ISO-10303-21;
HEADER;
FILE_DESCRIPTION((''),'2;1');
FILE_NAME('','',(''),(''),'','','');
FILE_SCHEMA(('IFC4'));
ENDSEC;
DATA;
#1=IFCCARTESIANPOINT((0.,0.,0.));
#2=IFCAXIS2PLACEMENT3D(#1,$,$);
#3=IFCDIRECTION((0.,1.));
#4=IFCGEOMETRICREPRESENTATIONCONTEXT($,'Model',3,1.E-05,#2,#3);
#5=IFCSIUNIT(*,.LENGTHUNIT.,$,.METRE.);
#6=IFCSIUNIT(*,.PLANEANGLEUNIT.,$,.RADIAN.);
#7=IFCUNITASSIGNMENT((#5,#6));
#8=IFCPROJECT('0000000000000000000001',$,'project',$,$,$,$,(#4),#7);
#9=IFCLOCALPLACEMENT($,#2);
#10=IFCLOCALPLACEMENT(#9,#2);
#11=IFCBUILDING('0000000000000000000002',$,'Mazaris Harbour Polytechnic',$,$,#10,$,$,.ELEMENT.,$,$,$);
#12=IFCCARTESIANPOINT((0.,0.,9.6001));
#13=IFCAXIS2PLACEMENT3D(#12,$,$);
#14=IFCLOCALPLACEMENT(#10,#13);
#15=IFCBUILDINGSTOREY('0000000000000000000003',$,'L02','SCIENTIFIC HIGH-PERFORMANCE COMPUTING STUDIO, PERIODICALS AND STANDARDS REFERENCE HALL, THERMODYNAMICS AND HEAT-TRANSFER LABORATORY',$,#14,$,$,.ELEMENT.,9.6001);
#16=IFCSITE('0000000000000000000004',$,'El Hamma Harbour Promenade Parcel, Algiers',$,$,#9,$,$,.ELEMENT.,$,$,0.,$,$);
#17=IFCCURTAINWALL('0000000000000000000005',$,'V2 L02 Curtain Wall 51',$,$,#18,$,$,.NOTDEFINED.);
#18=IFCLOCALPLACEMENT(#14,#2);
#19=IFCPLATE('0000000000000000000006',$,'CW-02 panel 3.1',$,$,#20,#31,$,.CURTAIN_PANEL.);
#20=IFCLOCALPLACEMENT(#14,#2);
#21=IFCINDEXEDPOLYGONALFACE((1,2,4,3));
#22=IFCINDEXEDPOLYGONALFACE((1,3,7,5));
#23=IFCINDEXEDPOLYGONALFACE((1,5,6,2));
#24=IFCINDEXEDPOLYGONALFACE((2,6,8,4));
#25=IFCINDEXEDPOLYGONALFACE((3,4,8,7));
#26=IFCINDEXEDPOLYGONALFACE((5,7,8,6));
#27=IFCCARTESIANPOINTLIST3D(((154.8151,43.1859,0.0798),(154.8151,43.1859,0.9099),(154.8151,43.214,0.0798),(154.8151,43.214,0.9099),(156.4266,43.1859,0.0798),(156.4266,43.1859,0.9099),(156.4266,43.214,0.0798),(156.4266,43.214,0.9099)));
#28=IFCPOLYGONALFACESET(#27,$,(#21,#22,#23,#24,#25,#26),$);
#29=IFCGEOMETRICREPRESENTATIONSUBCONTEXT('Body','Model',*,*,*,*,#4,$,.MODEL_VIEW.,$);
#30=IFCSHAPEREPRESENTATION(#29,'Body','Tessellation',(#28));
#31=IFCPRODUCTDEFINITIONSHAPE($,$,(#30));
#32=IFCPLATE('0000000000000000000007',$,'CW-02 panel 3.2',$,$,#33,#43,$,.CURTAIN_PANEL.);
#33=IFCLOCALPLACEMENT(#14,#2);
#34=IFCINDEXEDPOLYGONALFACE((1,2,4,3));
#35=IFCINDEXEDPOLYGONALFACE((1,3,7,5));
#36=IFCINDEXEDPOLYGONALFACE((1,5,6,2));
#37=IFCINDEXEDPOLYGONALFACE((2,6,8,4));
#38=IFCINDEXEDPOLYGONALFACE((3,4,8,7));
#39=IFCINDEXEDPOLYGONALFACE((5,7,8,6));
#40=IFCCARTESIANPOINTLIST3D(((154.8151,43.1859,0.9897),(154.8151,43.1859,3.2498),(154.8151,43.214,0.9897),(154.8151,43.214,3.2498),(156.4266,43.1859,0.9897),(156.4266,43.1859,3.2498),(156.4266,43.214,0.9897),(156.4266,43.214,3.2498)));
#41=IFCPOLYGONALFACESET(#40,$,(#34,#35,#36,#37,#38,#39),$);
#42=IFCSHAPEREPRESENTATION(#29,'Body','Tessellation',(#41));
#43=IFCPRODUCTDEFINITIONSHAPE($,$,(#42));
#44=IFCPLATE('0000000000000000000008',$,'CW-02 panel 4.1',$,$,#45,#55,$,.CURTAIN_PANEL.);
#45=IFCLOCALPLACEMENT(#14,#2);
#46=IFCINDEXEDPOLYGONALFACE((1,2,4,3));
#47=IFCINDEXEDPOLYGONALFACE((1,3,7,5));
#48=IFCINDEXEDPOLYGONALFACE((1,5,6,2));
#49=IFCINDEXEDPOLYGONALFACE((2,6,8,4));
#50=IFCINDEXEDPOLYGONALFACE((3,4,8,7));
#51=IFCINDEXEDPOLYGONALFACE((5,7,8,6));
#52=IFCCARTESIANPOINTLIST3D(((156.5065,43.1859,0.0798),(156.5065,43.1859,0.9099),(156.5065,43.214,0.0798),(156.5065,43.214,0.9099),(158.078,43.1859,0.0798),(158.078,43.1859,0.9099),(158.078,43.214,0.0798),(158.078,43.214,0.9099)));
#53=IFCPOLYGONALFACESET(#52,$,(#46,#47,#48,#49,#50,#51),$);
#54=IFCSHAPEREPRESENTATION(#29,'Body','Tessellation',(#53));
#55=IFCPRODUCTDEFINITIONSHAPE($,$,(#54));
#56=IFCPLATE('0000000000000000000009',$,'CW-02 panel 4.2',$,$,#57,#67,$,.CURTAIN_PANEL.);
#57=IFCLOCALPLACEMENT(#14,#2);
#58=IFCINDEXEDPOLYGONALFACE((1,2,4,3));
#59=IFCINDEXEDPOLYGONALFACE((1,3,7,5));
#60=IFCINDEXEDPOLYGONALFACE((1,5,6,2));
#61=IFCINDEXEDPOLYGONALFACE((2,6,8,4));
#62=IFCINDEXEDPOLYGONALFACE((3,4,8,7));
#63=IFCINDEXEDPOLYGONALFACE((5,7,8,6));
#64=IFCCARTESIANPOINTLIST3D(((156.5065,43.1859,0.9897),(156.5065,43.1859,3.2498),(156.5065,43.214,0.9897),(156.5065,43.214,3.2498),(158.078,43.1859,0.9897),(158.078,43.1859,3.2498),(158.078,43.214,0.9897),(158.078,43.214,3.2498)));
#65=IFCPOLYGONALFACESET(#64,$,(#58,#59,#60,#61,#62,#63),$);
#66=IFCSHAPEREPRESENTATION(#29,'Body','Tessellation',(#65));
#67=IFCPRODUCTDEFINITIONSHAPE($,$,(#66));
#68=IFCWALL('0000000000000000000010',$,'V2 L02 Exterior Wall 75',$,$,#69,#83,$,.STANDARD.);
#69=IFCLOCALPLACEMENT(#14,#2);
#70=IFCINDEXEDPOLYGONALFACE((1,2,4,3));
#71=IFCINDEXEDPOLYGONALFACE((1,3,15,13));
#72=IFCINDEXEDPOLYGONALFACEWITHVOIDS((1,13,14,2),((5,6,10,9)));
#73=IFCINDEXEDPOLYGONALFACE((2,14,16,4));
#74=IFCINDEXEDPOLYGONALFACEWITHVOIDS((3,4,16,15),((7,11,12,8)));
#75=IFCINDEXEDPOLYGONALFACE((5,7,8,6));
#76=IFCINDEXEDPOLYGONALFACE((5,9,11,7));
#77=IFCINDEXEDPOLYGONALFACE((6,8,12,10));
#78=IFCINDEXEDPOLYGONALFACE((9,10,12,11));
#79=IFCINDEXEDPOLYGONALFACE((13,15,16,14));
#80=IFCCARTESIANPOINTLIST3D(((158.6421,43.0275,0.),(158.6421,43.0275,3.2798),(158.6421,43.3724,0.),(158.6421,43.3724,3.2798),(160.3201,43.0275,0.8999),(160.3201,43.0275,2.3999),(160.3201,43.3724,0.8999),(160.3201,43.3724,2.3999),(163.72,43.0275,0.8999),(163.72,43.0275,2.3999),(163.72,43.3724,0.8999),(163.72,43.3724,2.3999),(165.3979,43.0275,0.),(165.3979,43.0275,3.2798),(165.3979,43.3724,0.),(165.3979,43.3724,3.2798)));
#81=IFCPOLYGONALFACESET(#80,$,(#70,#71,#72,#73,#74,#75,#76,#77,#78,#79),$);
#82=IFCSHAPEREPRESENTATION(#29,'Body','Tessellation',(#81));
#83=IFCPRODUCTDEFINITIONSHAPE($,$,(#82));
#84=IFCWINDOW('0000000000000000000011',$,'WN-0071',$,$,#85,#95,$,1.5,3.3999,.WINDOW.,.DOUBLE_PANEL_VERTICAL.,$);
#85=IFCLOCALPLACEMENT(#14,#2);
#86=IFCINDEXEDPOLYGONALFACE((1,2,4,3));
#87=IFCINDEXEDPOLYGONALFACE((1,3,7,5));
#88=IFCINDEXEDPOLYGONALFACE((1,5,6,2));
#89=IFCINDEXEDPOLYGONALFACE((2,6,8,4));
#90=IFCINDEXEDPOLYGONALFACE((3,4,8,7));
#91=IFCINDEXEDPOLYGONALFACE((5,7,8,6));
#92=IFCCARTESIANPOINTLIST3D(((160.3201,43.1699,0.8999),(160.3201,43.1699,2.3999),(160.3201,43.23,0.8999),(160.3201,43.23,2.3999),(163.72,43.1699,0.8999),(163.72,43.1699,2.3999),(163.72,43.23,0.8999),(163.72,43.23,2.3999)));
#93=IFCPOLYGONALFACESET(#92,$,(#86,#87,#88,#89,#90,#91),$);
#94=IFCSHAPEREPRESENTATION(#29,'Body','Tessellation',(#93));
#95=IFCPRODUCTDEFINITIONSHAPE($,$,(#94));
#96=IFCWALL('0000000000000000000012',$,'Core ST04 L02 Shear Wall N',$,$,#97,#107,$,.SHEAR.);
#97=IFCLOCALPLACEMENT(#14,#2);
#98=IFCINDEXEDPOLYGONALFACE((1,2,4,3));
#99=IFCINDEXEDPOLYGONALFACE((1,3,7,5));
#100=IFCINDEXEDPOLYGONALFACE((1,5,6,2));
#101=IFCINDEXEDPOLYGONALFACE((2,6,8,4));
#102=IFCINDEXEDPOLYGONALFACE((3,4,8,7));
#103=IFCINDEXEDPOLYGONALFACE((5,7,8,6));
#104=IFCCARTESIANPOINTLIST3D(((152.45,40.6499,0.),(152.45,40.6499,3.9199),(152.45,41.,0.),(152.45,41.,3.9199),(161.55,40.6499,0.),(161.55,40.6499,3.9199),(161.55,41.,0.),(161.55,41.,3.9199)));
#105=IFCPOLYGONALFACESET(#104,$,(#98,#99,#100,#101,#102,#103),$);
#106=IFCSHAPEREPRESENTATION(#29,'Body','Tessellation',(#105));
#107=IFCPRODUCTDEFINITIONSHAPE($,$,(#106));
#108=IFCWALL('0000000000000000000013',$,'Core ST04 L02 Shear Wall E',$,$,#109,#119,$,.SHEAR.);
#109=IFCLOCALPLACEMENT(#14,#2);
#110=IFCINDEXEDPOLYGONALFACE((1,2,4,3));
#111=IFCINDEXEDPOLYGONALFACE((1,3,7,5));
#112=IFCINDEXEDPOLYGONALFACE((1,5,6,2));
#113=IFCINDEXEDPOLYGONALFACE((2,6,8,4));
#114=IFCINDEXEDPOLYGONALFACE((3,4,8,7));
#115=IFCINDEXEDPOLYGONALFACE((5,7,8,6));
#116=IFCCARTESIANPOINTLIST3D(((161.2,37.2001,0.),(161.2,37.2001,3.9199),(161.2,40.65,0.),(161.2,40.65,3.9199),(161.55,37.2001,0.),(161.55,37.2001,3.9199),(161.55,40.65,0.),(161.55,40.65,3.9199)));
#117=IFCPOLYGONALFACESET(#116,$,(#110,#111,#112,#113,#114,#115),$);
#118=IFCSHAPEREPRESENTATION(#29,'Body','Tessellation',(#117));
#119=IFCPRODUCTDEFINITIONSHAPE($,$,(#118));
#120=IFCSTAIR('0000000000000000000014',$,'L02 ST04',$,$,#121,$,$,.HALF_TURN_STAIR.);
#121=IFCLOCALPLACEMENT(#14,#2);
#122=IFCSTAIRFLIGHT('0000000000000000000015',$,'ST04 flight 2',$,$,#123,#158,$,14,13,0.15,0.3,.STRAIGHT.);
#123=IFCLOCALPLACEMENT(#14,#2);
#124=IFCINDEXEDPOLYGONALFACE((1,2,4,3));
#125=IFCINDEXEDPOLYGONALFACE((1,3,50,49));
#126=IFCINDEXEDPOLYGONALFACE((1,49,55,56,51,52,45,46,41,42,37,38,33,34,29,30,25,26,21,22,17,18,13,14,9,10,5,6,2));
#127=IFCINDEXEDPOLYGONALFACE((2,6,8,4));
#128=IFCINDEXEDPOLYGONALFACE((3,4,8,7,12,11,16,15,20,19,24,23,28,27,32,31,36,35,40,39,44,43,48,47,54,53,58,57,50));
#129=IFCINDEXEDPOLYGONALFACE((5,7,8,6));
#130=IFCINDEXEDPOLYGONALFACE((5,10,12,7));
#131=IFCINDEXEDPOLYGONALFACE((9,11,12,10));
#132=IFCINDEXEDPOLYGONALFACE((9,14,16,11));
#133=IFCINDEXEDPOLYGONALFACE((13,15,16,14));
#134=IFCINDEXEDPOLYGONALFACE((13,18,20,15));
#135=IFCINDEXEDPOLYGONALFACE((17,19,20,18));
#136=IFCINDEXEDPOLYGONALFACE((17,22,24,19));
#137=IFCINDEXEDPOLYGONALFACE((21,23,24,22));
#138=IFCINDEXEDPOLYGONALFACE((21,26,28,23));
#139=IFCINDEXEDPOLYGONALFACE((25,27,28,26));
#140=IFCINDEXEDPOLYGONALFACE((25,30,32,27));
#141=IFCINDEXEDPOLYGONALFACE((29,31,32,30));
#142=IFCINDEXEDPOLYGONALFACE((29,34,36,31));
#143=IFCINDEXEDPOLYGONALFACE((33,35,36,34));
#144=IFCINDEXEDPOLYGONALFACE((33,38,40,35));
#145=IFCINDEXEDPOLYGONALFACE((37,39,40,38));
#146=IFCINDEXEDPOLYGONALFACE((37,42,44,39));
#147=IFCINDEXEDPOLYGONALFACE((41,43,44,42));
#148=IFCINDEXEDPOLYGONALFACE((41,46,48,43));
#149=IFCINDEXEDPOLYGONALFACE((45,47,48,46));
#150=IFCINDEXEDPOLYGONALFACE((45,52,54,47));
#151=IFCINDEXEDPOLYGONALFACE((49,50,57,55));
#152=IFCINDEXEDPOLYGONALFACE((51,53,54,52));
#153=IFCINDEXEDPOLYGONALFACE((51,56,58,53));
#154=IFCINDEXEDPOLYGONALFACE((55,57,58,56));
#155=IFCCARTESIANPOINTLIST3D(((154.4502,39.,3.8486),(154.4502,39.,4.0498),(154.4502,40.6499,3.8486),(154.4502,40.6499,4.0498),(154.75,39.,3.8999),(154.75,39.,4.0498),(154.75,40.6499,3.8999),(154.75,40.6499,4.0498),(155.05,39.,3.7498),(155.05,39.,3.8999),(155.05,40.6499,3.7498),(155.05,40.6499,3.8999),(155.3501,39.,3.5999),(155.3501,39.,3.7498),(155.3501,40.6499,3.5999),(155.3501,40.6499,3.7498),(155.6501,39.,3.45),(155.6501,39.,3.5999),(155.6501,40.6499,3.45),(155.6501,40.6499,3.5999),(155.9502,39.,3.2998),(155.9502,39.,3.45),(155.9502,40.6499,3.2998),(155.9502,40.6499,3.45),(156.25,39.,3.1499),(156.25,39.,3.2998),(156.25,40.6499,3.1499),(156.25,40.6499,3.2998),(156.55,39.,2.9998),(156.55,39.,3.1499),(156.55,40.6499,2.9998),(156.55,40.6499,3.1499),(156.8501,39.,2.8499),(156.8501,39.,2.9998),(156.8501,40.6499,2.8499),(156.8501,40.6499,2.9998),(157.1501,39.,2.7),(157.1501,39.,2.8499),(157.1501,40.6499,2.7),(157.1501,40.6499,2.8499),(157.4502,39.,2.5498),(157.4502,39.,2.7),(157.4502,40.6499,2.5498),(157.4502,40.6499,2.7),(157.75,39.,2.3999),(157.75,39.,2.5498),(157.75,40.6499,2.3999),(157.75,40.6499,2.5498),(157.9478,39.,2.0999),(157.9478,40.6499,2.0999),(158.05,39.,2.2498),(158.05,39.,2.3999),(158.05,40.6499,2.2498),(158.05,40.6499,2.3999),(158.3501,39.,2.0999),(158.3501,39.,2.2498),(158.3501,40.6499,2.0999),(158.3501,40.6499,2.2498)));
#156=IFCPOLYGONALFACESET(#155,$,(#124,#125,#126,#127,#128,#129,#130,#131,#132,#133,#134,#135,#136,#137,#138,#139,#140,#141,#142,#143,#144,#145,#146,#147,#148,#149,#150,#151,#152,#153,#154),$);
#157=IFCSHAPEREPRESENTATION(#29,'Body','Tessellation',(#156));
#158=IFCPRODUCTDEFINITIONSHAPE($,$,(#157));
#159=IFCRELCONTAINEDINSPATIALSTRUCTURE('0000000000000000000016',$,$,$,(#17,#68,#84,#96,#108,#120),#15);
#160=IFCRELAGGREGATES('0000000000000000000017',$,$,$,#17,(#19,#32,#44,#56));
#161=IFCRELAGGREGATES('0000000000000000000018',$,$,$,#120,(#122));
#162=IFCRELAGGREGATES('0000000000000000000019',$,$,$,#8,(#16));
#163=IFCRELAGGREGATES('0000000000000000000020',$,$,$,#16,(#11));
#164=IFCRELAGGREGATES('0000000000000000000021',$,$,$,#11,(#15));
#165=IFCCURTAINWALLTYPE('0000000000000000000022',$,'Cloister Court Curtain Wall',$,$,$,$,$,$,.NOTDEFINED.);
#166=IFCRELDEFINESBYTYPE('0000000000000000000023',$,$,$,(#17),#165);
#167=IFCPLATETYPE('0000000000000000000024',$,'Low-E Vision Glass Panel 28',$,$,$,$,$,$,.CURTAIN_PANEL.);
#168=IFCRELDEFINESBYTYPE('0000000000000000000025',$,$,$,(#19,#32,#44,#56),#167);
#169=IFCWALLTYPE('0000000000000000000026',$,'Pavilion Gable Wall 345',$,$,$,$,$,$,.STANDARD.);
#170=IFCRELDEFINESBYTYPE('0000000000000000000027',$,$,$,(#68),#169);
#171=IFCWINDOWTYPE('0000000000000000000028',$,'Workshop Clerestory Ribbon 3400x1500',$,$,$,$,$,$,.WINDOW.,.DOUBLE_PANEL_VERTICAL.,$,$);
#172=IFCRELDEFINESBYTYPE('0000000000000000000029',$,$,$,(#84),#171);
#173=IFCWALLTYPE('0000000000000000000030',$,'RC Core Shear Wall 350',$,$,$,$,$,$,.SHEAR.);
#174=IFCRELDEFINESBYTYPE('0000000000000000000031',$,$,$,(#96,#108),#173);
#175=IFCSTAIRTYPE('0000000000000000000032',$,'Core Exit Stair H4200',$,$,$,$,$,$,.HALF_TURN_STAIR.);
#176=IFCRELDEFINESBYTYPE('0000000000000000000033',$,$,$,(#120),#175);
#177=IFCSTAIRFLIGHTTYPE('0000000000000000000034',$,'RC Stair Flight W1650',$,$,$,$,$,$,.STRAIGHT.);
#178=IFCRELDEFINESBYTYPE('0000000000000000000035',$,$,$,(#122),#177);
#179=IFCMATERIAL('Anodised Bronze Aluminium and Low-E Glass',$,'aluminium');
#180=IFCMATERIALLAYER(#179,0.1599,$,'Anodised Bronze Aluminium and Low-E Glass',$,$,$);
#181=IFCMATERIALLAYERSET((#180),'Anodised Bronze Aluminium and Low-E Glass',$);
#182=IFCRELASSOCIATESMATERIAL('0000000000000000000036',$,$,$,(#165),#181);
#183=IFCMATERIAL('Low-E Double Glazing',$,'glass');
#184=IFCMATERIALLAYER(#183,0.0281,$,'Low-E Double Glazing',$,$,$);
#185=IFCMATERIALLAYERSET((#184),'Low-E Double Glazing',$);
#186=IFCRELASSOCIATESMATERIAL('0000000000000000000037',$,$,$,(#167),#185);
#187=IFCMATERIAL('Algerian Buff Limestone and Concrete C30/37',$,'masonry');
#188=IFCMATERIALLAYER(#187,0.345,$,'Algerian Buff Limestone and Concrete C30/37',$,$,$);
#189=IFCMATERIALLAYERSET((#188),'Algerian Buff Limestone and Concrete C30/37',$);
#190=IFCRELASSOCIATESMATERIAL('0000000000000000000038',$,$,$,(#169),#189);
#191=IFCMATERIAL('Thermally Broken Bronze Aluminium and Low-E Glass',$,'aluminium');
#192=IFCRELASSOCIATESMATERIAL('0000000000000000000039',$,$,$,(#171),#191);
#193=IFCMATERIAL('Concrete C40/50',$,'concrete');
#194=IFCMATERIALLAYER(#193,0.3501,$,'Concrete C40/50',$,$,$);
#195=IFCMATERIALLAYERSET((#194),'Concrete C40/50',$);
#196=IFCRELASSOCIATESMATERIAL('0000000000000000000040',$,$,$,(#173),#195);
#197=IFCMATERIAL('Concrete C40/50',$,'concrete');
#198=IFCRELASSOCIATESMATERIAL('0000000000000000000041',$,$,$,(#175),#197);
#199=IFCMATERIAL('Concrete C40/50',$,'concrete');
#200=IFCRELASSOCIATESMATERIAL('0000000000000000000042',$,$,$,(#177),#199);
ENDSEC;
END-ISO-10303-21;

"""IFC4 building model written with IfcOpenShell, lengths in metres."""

from ifc_helpers import new_model, si_unit, direction, frame, frame_2d, origin, origin_2d, place, context, subcontext, project, spatial, polyline, rectangle, outline, extrude, material, layer, layer_set, type_object, element, fill, aggregate, save


model = new_model("IFC4")

# Units and contexts
model_context = context("Model", 3, precision=1e-05, world=origin(), true_north=direction((0.0, 1.0)))
body_context = subcontext(model_context, "Body", "Model", "MODEL_VIEW")
ifc_project = project(units=[si_unit("LENGTHUNIT", "METRE"), si_unit("PLANEANGLEUNIT", "RADIAN")], contexts=[model_context])

# Site, building, storey
site_placement = place(None, origin())
site = spatial("IfcSite", under=ifc_project, at=site_placement, Name="El Hamma Harbour Promenade Parcel, Algiers", CompositionType="ELEMENT", RefElevation=0.0)
building_placement = place(site_placement, origin())
building = spatial("IfcBuilding", under=site, at=building_placement, Name="Mazaris Harbour Polytechnic", CompositionType="ELEMENT")
storey_placement = place(building_placement, frame((0.0, 0.0, 9.6001)))
storey = spatial("IfcBuildingStorey", under=building, at=storey_placement, Name="L02", Description="SCIENTIFIC HIGH-PERFORMANCE COMPUTING STUDIO, PERIODICALS AND STANDARDS REFERENCE HALL, THERMODYNAMICS AND HEAT-TRANSFER LABORATORY", CompositionType="ELEMENT", Elevation=9.6001)

# Curtain wall
ifc_material_1 = material(Name="Anodised Bronze Aluminium and Low-E Glass", Category="aluminium")
ifc_layer_1 = layer(ifc_material_1, 0.1599, Name="Anodised Bronze Aluminium and Low-E Glass")
ifc_layer_set_1 = layer_set([ifc_layer_1], Name="Anodised Bronze Aluminium and Low-E Glass")
curtain_wall_type = type_object("IfcCurtainWallType", Name="Cloister Court Curtain Wall", PredefinedType="NOTDEFINED", material=ifc_layer_set_1)
curtain_wall_1_placement = place(storey_placement, origin())
curtain_wall_1 = element("IfcCurtainWall", 1, at=curtain_wall_1_placement, inside=storey, type_object=curtain_wall_type, Name="V2 L02 Curtain Wall 51", PredefinedType="NOTDEFINED")

# Plates
ifc_material_2 = material(Name="Low-E Double Glazing", Category="glass")
ifc_layer_2 = layer(ifc_material_2, 0.0281, Name="Low-E Double Glazing")
ifc_layer_set_2 = layer_set([ifc_layer_2], Name="Low-E Double Glazing")
plate_type = type_object("IfcPlateType", Name="Low-E Vision Glass Panel 28", PredefinedType="CURTAIN_PANEL", material=ifc_layer_set_2)
plate_1_placement = place(storey_placement, frame((155.6208, 43.2, 0.0798), z_axis=(0.0, 0.0, 1.0), x_axis=(1.0, 0.0, 0.0)))
plate_1 = element("IfcPlate", 2, at=plate_1_placement, type_object=plate_type, Name="CW-02 panel 3.1", PredefinedType="CURTAIN_PANEL", context=body_context, shape_type="SweptSolid", body=[
    extrude(rectangle(XDim=1.6116, YDim=0.0281, at=origin_2d()), origin(), (0.0, 0.0, 1.0), 0.8301),
])
plate_2_placement = place(storey_placement, frame((155.6208, 43.2, 0.9897), z_axis=(0.0, 0.0, 1.0), x_axis=(1.0, 0.0, 0.0)))
plate_2 = element("IfcPlate", 3, at=plate_2_placement, type_object=plate_type, Name="CW-02 panel 3.2", PredefinedType="CURTAIN_PANEL", context=body_context, shape_type="SweptSolid", body=[
    extrude(rectangle(XDim=1.6116, YDim=0.0281, at=origin_2d()), origin(), (0.0, 0.0, 1.0), 2.26),
])
plate_3_placement = place(storey_placement, frame((157.2922, 43.2, 0.0798), z_axis=(0.0, 0.0, 1.0), x_axis=(1.0, 0.0, 0.0)))
plate_3 = element("IfcPlate", 4, at=plate_3_placement, type_object=plate_type, Name="CW-02 panel 4.1", PredefinedType="CURTAIN_PANEL", context=body_context, shape_type="SweptSolid", body=[
    extrude(rectangle(XDim=1.5715, YDim=0.0281, at=origin_2d()), origin(), (0.0, 0.0, 1.0), 0.8301),
])
plate_4_placement = place(storey_placement, frame((157.2922, 43.2, 0.9897), z_axis=(0.0, 0.0, 1.0), x_axis=(1.0, 0.0, 0.0)))
plate_4 = element("IfcPlate", 5, at=plate_4_placement, type_object=plate_type, Name="CW-02 panel 4.2", PredefinedType="CURTAIN_PANEL", context=body_context, shape_type="SweptSolid", body=[
    extrude(rectangle(XDim=1.5715, YDim=0.0281, at=origin_2d()), origin(), (0.0, 0.0, 1.0), 2.26),
])
aggregate(curtain_wall_1, [plate_1, plate_2, plate_3, plate_4])

# Wall, opening, window
ifc_material_3 = material(Name="Algerian Buff Limestone and Concrete C30/37", Category="masonry")
ifc_layer_3 = layer(ifc_material_3, 0.345, Name="Algerian Buff Limestone and Concrete C30/37")
ifc_layer_set_3 = layer_set([ifc_layer_3], Name="Algerian Buff Limestone and Concrete C30/37")
wall_type_1 = type_object("IfcWallType", Name="Pavilion Gable Wall 345", PredefinedType="STANDARD", material=ifc_layer_set_3)
wall_1_placement = place(storey_placement, frame((158.6421, 43.2, 0.0), z_axis=(0.0, 0.0, 1.0), x_axis=(1.0, 0.0, 0.0)))
wall_1 = element("IfcWall", 6, at=wall_1_placement, inside=storey, type_object=wall_type_1, Name="V2 L02 Exterior Wall 75", PredefinedType="STANDARD", context=body_context, shape_type="SweptSolid", body=[
    extrude(rectangle(XDim=6.7559, YDim=0.345, at=frame_2d((3.3779, 0.0))), origin(), (0.0, 0.0, 1.0), 3.2798),
])
opening_placement = place(wall_1_placement, frame((1.678, 0.0, 0.8999)))
opening = element("IfcOpeningElement", 7, at=opening_placement, cuts=wall_1, PredefinedType="OPENING", context=body_context, shape_type="SweptSolid", body=[
    extrude(rectangle(XDim=3.3999, YDim=1.5, at=frame_2d((1.7, 0.75))), frame((0.0, 0.1824, 0.0), z_axis=(0.0, -1.0, 0.0), x_axis=(1.0, 0.0, 0.0)), (0.0, 0.0, 1.0), 0.365),
])
ifc_material_4 = material(Name="Thermally Broken Bronze Aluminium and Low-E Glass", Category="aluminium")
window_type = type_object("IfcWindowType", Name="Workshop Clerestory Ribbon 3400x1500", PartitioningType="DOUBLE_PANEL_VERTICAL", PredefinedType="WINDOW", material=ifc_material_4)
window_placement = place(opening_placement, origin())
window = element("IfcWindow", 8, at=window_placement, inside=storey, type_object=window_type, Name="WN-0071", OverallHeight=1.5, OverallWidth=3.3999, PartitioningType="DOUBLE_PANEL_VERTICAL", PredefinedType="WINDOW", context=body_context, shape_type="SweptSolid", body=[
    extrude(rectangle(XDim=3.3999, YDim=1.5, at=frame_2d((1.7, 0.75))), frame((0.0, 0.03, 0.0), z_axis=(0.0, -1.0, 0.0), x_axis=(1.0, 0.0, 0.0)), (0.0, 0.0, 1.0), 0.0601),
])
fill(opening, window)

# Walls
ifc_material_5 = material(Name="Concrete C40/50", Category="concrete")
ifc_layer_4 = layer(ifc_material_5, 0.3501, Name="Concrete C40/50")
ifc_layer_set_4 = layer_set([ifc_layer_4], Name="Concrete C40/50")
wall_type_2 = type_object("IfcWallType", Name="RC Core Shear Wall 350", PredefinedType="SHEAR", material=ifc_layer_set_4)
wall_2_placement = place(storey_placement, frame((161.55, 40.825, 0.0), z_axis=(0.0, 0.0, 1.0), x_axis=(-1.0, 0.0, 0.0)))
element("IfcWall", 9, at=wall_2_placement, inside=storey, type_object=wall_type_2, Name="Core ST04 L02 Shear Wall N", PredefinedType="SHEAR", context=body_context, shape_type="SweptSolid", body=[
    extrude(rectangle(XDim=9.1001, YDim=0.3501, at=frame_2d((4.55, 0.0))), origin(), (0.0, 0.0, 1.0), 3.9199),
])
wall_3_placement = place(storey_placement, frame((161.375, 37.2, 0.0), z_axis=(0.0, 0.0, 1.0), x_axis=(0.0, 1.0, 0.0)))
element("IfcWall", 10, at=wall_3_placement, inside=storey, type_object=wall_type_2, Name="Core ST04 L02 Shear Wall E", PredefinedType="SHEAR", context=body_context, shape_type="SweptSolid", body=[
    extrude(rectangle(XDim=3.45, YDim=0.3501, at=frame_2d((1.7251, 0.0))), origin(), (0.0, 0.0, 1.0), 3.9199),
])

# Stair, stair flight
ifc_material_6 = material(Name="Concrete C40/50", Category="concrete")
stair_type = type_object("IfcStairType", Name="Core Exit Stair H4200", PredefinedType="HALF_TURN_STAIR", material=ifc_material_6)
stair_placement = place(storey_placement, origin())
stair = element("IfcStair", 11, at=stair_placement, inside=storey, type_object=stair_type, Name="L02 ST04", PredefinedType="HALF_TURN_STAIR")
ifc_material_7 = material(Name="Concrete C40/50", Category="concrete")
stair_flight_type = type_object("IfcStairFlightType", Name="RC Stair Flight W1650", PredefinedType="STRAIGHT", material=ifc_material_7)
stair_flight_placement = place(storey_placement, frame((158.3501, 39.825, 2.0999), z_axis=(0.0, 0.0, 1.0), x_axis=(-1.0, 0.0, 0.0)))
stair_flight = element("IfcStairFlight", 12, at=stair_flight_placement, type_object=stair_flight_type, Name="ST04 flight 2", NumberOfRisers=14, NumberOfTreads=13, PredefinedType="STRAIGHT", RiserHeight=0.15, TreadLength=0.3, context=body_context, shape_type="SweptSolid", body=[
    extrude(outline(polyline([(0.0, 0.0), (0.0, 0.1499), (0.3, 0.1499), (0.3, 0.3), (0.6001, 0.3), (0.6001, 0.45), (0.8999, 0.45), (0.8999, 0.6001), (1.2, 0.6001), (1.2, 0.75), (1.5, 0.75), (1.5, 0.8999), (1.8, 0.8999), (1.8, 1.05), (2.1001, 1.05), (2.1001, 1.2), (2.3999, 1.2), (2.3999, 1.3501), (2.7, 1.3501), (2.7, 1.5), (3.0, 1.5), (3.0, 1.6499), (3.3, 1.6499), (3.3, 1.8), (3.6001, 1.8), (3.6001, 1.95), (3.8999, 1.95), (3.8999, 2.1001), (3.8999, 1.7488), (0.4023, 0.0), (0.0, 0.0)])), frame((0.0, 0.825, 0.0), z_axis=(0.0, -1.0, 0.0), x_axis=(1.0, 0.0, 0.0)), (0.0, 0.0, 1.0), 1.6499),
])
aggregate(stair, [stair_flight])

save(model, "model.ifc")
